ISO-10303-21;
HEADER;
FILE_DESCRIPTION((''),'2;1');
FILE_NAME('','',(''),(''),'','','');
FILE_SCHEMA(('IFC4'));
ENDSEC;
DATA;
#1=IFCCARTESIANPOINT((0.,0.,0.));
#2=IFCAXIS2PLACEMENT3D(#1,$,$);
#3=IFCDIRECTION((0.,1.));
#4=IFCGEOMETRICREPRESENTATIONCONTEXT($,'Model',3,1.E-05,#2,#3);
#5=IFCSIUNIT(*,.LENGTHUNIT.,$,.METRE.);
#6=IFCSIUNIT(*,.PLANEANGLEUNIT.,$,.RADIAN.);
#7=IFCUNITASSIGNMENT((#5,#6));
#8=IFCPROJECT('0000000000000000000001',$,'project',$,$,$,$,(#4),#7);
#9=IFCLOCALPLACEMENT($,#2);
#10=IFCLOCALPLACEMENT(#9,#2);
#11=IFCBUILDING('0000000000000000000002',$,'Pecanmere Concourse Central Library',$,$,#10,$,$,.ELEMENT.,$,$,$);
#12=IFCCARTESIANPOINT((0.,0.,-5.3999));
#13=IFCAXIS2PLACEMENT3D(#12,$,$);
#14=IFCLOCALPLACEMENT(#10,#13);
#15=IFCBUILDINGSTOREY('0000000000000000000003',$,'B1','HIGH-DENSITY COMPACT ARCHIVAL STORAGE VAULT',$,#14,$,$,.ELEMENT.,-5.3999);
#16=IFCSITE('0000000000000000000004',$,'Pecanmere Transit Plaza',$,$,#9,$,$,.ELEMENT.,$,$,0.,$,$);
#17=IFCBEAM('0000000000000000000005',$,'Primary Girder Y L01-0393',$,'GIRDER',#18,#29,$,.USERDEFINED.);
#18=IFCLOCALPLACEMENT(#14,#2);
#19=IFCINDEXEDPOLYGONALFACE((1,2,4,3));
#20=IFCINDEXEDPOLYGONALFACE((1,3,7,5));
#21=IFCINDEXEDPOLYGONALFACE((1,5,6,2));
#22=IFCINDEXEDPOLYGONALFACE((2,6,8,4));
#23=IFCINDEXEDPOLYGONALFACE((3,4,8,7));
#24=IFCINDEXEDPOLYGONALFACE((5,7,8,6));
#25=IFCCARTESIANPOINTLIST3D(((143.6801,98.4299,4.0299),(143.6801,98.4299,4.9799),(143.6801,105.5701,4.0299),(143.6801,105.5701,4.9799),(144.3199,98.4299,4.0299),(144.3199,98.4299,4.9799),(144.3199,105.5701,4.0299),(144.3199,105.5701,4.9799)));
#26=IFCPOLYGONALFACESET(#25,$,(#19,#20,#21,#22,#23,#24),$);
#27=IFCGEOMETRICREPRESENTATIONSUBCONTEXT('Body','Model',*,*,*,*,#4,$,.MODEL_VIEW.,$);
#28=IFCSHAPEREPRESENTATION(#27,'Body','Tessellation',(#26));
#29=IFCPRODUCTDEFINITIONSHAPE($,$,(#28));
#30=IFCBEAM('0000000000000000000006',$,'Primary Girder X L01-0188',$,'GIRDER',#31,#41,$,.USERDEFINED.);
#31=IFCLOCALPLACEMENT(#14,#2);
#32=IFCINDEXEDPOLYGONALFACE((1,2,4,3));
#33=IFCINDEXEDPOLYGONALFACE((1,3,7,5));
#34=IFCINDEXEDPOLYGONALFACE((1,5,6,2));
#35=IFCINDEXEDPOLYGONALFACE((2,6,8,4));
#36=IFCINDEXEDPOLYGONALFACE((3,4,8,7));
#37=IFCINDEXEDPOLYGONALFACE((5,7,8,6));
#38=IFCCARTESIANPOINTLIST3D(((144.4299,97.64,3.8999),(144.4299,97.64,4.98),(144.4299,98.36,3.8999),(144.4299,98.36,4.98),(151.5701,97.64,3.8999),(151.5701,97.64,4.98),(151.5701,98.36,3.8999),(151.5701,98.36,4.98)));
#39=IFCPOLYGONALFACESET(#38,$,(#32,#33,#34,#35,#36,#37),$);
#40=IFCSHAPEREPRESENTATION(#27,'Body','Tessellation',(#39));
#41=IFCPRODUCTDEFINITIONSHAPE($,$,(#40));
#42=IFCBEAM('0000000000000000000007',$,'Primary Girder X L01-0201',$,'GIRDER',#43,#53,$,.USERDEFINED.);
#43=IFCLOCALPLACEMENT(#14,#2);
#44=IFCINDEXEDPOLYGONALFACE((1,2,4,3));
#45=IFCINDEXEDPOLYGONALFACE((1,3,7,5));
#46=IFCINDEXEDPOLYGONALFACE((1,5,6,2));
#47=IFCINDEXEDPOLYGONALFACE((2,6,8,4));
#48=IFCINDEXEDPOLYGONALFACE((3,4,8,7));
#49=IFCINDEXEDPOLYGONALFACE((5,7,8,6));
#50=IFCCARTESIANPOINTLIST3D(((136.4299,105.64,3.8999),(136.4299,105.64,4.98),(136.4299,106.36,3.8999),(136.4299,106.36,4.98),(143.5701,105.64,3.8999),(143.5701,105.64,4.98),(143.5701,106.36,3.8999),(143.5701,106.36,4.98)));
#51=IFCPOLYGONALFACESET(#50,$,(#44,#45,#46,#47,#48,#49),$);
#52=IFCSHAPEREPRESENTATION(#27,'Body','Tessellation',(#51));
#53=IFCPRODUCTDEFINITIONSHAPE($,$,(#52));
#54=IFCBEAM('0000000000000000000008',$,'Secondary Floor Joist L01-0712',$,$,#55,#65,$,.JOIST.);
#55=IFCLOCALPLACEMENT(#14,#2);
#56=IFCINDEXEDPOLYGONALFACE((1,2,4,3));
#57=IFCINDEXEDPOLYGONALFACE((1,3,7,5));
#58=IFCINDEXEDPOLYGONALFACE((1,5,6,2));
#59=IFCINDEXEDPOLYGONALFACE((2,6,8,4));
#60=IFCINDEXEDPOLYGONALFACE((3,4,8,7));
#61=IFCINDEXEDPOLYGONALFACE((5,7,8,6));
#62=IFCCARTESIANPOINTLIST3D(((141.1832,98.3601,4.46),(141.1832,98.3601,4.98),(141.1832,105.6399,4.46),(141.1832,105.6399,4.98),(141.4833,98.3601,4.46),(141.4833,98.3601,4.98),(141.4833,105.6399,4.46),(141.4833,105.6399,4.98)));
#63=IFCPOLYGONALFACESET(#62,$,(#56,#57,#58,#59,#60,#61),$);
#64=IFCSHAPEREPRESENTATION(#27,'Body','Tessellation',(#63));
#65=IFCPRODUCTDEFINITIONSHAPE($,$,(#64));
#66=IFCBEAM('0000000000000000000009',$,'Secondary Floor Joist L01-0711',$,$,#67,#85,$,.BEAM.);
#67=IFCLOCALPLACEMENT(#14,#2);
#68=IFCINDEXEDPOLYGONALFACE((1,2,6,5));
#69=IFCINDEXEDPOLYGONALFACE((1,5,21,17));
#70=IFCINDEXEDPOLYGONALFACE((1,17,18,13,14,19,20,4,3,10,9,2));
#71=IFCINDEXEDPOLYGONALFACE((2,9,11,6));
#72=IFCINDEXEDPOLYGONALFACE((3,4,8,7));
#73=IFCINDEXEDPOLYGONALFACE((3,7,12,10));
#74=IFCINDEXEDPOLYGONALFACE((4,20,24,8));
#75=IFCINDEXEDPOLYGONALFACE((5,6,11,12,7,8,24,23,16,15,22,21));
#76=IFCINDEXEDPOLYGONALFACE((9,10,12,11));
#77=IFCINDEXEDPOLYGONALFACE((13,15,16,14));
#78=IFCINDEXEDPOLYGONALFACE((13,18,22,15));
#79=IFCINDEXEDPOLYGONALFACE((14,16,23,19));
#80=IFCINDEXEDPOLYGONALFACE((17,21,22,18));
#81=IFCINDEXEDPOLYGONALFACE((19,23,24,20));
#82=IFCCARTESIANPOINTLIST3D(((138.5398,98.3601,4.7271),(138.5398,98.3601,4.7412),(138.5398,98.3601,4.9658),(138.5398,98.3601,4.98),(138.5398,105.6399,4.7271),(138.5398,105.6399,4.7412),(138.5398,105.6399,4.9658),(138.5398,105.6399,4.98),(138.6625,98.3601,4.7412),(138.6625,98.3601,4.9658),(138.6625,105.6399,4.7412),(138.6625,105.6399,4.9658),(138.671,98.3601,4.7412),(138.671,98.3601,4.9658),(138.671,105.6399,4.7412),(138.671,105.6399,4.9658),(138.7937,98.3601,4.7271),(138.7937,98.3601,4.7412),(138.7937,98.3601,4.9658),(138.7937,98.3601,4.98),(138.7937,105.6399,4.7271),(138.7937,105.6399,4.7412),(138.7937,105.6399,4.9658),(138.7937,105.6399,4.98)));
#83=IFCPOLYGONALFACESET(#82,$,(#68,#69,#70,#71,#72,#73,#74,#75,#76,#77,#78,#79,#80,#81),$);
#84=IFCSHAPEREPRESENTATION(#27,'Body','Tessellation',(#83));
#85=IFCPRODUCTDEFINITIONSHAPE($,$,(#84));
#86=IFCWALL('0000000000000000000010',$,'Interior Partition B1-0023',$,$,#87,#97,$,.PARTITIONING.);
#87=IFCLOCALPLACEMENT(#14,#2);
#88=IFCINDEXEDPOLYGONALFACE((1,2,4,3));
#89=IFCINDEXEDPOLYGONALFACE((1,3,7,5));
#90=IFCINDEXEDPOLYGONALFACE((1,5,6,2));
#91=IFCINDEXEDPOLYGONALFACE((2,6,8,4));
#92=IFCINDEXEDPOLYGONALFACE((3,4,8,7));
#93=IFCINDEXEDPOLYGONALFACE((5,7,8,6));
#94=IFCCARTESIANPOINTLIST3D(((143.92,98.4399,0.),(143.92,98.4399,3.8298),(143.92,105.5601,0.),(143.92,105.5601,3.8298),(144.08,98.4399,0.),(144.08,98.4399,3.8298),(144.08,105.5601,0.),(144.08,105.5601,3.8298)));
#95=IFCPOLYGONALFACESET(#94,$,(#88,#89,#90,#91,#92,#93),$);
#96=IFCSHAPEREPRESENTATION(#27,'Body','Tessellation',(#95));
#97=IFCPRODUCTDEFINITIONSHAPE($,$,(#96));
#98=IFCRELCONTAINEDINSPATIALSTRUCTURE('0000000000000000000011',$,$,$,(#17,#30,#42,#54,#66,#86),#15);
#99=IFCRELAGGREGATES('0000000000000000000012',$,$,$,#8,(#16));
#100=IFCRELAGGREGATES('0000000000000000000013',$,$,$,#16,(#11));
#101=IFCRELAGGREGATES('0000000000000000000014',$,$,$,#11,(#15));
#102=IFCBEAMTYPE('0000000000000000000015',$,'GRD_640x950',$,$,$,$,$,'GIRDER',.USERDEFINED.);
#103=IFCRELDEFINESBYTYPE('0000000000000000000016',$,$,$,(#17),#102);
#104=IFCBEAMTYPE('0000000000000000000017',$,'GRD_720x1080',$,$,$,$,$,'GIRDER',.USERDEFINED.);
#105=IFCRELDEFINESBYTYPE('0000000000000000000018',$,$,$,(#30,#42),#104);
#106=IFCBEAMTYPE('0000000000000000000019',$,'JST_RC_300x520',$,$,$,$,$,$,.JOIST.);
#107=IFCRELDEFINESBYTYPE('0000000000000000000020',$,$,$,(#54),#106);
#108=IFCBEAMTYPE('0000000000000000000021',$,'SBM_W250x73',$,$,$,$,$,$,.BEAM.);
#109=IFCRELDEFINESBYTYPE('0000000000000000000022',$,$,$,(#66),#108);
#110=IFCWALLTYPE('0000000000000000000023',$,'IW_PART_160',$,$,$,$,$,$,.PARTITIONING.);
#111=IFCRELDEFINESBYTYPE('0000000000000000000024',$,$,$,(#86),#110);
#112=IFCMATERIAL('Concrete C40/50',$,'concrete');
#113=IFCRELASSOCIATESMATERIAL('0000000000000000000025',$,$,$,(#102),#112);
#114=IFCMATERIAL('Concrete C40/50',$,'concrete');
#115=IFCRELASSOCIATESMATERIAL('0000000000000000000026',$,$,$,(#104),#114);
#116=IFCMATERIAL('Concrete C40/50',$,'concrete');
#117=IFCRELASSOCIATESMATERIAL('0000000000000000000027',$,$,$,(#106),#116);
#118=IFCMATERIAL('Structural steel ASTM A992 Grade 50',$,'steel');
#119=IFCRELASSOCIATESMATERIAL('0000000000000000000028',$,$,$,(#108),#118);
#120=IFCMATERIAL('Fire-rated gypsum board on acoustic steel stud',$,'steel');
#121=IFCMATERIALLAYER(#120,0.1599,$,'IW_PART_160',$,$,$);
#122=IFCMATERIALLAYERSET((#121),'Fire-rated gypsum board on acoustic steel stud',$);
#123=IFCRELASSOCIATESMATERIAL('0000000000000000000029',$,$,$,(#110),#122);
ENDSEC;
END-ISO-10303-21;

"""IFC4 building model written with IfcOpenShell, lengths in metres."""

from ifc_helpers import new_model, si_unit, direction, frame, frame_2d, origin, origin_2d, place, context, subcontext, project, spatial, rectangle, i_section, extrude, material, layer, layer_set, material_profile, profile_set, type_object, element, save


model = new_model("IFC4")

# Units and contexts
model_context = context("Model", 3, precision=1e-05, world=origin(), true_north=direction((0.0, 1.0)))
body_context = subcontext(model_context, "Body", "Model", "MODEL_VIEW")
ifc_project = project(units=[si_unit("LENGTHUNIT", "METRE"), si_unit("PLANEANGLEUNIT", "RADIAN")], contexts=[model_context])

# Site, building, storey
site_placement = place(None, origin())
site = spatial("IfcSite", under=ifc_project, at=site_placement, Name="Pecanmere Transit Plaza", CompositionType="ELEMENT", RefElevation=0.0)
building_placement = place(site_placement, origin())
building = spatial("IfcBuilding", under=site, at=building_placement, Name="Pecanmere Concourse Central Library", CompositionType="ELEMENT")
storey_placement = place(building_placement, frame((0.0, 0.0, -5.3999)))
storey = spatial("IfcBuildingStorey", under=building, at=storey_placement, Name="B1", Description="HIGH-DENSITY COMPACT ARCHIVAL STORAGE VAULT", CompositionType="ELEMENT", Elevation=-5.3999)

# Beams
ifc_material_1 = material(Name="Concrete C40/50", Category="concrete")
ifc_material_profile_1 = material_profile(ifc_material_1, rectangle(XDim=0.6399, YDim=0.95, at=origin_2d()), Name="RC 640x950")
ifc_profile_set_1 = profile_set([ifc_material_profile_1], Name="Concrete C40/50")
beam_type_1 = type_object("IfcBeamType", Name="GRD_640x950", ElementType="GIRDER", PredefinedType="USERDEFINED", material=ifc_profile_set_1)
for number, where, z_axis, x_axis, name in (
    (1, (144.0, 98.4299, 4.5049), (0.0, 1.0, 0.0), (-1.0, 0.0, 0.0), "Primary Girder Y L01-0393"),
):
    element("IfcBeam", number, at=place(storey_placement, frame(where, z_axis=z_axis, x_axis=x_axis)), inside=storey, type_object=beam_type_1, Name=name, ObjectType="GIRDER", PredefinedType="USERDEFINED", context=body_context, shape_type="SweptSolid", body=[
        extrude(rectangle(XDim=0.6399, YDim=0.95, at=origin_2d()), origin(), (0.0, 0.0, 1.0), 7.1401),
    ])
ifc_material_2 = material(Name="Concrete C40/50", Category="concrete")
ifc_material_profile_2 = material_profile(ifc_material_2, rectangle(XDim=0.72, YDim=1.0801, at=origin_2d()), Name="RC 720x1080")
ifc_profile_set_2 = profile_set([ifc_material_profile_2], Name="Concrete C40/50")
beam_type_2 = type_object("IfcBeamType", Name="GRD_720x1080", ElementType="GIRDER", PredefinedType="USERDEFINED", material=ifc_profile_set_2)
for number, where, z_axis, x_axis, name in (
    (2, (144.4299, 98.0, 4.4399), (1.0, 0.0, 0.0), (0.0, 1.0, 0.0), "Primary Girder X L01-0188"),
    (3, (136.4299, 106.0, 4.4399), (1.0, 0.0, 0.0), (0.0, 1.0, 0.0), "Primary Girder X L01-0201"),
):
    element("IfcBeam", number, at=place(storey_placement, frame(where, z_axis=z_axis, x_axis=x_axis)), inside=storey, type_object=beam_type_2, Name=name, ObjectType="GIRDER", PredefinedType="USERDEFINED", context=body_context, shape_type="SweptSolid", body=[
        extrude(rectangle(XDim=0.72, YDim=1.0801, at=origin_2d()), origin(), (0.0, 0.0, 1.0), 7.1401),
    ])
ifc_material_3 = material(Name="Concrete C40/50", Category="concrete")
ifc_material_profile_3 = material_profile(ifc_material_3, rectangle(XDim=0.3, YDim=0.52, at=origin_2d()), Name="RC 300x520")
ifc_profile_set_3 = profile_set([ifc_material_profile_3], Name="Concrete C40/50")
beam_type_3 = type_object("IfcBeamType", Name="JST_RC_300x520", PredefinedType="JOIST", material=ifc_profile_set_3)
beam_1_placement = place(storey_placement, frame((141.3333, 98.3601, 4.72), z_axis=(0.0, 1.0, 0.0), x_axis=(-1.0, 0.0, 0.0)))
element("IfcBeam", 4, at=beam_1_placement, inside=storey, type_object=beam_type_3, Name="Secondary Floor Joist L01-0712", PredefinedType="JOIST", context=body_context, shape_type="SweptSolid", body=[
    extrude(rectangle(XDim=0.3, YDim=0.52, at=origin_2d()), origin(), (0.0, 0.0, 1.0), 7.2798),
])
ifc_material_4 = material(Name="Structural steel ASTM A992 Grade 50", Category="steel")
ifc_material_profile_4 = material_profile(ifc_material_4, i_section(OverallWidth=0.2539, OverallDepth=0.2529, WebThickness=0.0085, FlangeThickness=0.0142, at=origin_2d()), Name="W250x73")
ifc_profile_set_4 = profile_set([ifc_material_profile_4], Name="Structural steel ASTM A992 Grade 50")
beam_type_4 = type_object("IfcBeamType", Name="SBM_W250x73", PredefinedType="BEAM", material=ifc_profile_set_4)
beam_2_placement = place(storey_placement, frame((138.6667, 98.3601, 4.8535), z_axis=(0.0, 1.0, 0.0), x_axis=(-1.0, 0.0, 0.0)))
element("IfcBeam", 5, at=beam_2_placement, inside=storey, type_object=beam_type_4, Name="Secondary Floor Joist L01-0711", PredefinedType="BEAM", context=body_context, shape_type="SweptSolid", body=[
    extrude(i_section(OverallWidth=0.2539, OverallDepth=0.2529, WebThickness=0.0085, FlangeThickness=0.0142, at=origin_2d()), origin(), (0.0, 0.0, 1.0), 7.2798),
])

# Wall
ifc_material_5 = material(Name="Fire-rated gypsum board on acoustic steel stud", Category="steel")
ifc_layer = layer(ifc_material_5, 0.1599, Name="IW_PART_160")
ifc_layer_set = layer_set([ifc_layer], Name="Fire-rated gypsum board on acoustic steel stud")
wall_type = type_object("IfcWallType", Name="IW_PART_160", PredefinedType="PARTITIONING", material=ifc_layer_set)
wall_placement = place(storey_placement, frame((144.0, 98.4399, 0.0), z_axis=(0.0, 0.0, 1.0), x_axis=(0.0, 1.0, 0.0)))
element("IfcWall", 6, at=wall_placement, inside=storey, type_object=wall_type, Name="Interior Partition B1-0023", PredefinedType="PARTITIONING", context=body_context, shape_type="SweptSolid", body=[
    extrude(rectangle(XDim=7.1201, YDim=0.1599, at=frame_2d((3.5601, 0.0))), origin(), (0.0, 0.0, 1.0), 3.8298),
])

save(model, "model.ifc")
